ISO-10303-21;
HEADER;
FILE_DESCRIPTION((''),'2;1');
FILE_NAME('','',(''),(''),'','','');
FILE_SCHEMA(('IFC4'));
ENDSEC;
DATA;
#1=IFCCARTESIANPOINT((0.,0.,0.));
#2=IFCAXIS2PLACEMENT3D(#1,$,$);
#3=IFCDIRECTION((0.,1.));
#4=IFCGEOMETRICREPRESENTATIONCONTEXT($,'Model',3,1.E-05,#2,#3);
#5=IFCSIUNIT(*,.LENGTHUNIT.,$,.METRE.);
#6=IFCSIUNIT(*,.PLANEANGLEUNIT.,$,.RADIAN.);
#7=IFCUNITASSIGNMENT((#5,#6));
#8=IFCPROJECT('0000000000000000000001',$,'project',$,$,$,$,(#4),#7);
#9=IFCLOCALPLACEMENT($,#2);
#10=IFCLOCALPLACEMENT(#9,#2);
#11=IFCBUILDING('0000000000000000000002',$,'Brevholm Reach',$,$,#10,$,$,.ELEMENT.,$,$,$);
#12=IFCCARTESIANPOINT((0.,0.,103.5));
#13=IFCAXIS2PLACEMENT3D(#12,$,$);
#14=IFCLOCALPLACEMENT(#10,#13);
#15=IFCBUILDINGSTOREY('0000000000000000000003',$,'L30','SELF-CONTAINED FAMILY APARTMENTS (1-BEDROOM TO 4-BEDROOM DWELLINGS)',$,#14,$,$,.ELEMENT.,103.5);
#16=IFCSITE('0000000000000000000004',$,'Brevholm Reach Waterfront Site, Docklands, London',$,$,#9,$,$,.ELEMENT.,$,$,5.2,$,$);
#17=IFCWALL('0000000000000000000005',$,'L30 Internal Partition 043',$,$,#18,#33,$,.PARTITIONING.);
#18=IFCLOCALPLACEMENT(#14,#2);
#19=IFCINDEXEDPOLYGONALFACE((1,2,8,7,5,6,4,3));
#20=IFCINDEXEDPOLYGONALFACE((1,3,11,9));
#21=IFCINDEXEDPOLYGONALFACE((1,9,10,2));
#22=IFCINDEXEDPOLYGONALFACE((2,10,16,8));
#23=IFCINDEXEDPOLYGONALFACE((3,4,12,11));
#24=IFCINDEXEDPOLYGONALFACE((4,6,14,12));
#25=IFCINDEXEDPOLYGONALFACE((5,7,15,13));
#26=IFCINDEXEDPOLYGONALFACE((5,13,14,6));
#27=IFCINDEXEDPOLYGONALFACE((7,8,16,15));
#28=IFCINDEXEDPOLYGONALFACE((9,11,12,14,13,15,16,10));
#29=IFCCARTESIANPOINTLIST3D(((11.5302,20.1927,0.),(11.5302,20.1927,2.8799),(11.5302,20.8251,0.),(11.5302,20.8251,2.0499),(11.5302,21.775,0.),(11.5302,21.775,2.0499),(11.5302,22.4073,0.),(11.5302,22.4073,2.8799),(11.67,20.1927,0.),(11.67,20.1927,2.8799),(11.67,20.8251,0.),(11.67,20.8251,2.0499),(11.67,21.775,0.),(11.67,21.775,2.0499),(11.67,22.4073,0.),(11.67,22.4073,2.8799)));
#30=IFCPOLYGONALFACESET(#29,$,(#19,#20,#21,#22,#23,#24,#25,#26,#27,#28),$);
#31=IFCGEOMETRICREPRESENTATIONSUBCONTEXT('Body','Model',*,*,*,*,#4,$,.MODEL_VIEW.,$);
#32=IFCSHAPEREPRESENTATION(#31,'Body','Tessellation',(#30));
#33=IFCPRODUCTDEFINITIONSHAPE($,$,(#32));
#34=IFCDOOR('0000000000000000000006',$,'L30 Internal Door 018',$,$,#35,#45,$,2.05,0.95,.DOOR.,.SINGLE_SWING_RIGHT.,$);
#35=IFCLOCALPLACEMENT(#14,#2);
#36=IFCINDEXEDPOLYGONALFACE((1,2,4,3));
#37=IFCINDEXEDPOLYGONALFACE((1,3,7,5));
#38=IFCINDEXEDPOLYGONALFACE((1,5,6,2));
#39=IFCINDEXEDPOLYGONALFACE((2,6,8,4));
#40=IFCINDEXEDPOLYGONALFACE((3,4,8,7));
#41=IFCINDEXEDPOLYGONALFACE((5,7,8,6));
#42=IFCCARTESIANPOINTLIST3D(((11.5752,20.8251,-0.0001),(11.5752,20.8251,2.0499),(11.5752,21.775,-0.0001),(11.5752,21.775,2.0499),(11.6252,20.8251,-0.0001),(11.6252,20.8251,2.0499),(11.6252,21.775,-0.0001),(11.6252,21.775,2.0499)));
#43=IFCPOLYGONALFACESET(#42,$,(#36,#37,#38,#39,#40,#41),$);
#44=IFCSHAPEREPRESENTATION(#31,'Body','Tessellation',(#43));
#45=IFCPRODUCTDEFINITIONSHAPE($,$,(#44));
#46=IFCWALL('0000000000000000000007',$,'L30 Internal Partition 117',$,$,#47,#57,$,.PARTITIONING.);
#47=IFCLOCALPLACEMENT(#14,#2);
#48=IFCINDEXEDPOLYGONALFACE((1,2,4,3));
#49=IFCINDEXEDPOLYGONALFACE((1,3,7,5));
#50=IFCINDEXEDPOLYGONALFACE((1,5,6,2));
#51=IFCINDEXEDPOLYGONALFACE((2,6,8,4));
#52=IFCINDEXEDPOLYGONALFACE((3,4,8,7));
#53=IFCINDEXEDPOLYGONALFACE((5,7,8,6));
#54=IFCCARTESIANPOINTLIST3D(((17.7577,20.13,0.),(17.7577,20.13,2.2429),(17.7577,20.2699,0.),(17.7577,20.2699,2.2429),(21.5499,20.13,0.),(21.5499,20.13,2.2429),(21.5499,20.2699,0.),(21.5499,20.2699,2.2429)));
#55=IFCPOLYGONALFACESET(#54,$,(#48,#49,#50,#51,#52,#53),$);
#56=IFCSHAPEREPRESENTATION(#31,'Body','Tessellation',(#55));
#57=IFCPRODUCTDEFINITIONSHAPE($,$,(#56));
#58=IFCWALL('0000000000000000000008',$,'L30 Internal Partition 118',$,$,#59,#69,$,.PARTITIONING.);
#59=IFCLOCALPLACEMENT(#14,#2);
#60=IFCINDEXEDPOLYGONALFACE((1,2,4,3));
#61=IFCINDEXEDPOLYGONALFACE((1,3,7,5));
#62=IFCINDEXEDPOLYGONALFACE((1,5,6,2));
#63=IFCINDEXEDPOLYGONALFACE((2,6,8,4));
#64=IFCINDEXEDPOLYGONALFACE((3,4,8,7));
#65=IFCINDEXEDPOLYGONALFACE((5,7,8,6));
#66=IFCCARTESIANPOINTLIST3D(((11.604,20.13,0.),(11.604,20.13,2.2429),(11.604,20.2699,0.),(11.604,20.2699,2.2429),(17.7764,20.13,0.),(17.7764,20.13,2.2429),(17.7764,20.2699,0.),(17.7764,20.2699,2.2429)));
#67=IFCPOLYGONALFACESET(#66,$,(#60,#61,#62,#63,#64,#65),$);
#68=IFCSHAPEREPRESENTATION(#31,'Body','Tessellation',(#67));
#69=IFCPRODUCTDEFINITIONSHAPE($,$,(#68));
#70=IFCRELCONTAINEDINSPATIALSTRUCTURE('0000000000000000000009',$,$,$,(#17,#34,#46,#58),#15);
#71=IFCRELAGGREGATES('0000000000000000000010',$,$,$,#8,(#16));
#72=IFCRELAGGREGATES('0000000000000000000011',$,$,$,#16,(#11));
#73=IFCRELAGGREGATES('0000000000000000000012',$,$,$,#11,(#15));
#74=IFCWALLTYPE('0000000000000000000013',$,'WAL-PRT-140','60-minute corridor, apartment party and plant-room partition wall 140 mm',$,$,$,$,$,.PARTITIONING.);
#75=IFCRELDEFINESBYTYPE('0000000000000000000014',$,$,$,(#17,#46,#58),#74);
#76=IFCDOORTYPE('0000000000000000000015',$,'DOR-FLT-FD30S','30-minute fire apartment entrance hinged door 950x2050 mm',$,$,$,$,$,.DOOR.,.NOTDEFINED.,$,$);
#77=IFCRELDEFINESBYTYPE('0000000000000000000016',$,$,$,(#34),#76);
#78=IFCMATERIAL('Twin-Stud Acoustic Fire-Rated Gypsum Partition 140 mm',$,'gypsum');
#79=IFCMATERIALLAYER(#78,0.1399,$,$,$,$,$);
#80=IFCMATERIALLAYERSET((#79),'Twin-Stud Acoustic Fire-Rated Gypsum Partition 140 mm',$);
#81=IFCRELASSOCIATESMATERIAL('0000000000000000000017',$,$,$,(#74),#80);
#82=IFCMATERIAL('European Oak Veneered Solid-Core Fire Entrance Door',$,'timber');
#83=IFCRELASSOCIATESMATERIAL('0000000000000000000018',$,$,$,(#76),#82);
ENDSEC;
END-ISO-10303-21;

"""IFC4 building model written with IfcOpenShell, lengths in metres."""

from ifc_helpers import new_model, si_unit, direction, frame, frame_2d, origin, place, context, subcontext, project, spatial, rectangle, extrude, material, layer, layer_set, type_object, element, fill, save


model = new_model("IFC4")

# Units and contexts
model_context = context("Model", 3, precision=1e-05, world=origin(), true_north=direction((0.0, 1.0)))
body_context = subcontext(model_context, "Body", "Model", "MODEL_VIEW")
ifc_project = project(units=[si_unit("LENGTHUNIT", "METRE"), si_unit("PLANEANGLEUNIT", "RADIAN")], contexts=[model_context])

# Site, building, storey
site_placement = place(None, origin())
site = spatial("IfcSite", under=ifc_project, at=site_placement, Name="Brevholm Reach Waterfront Site, Docklands, London", CompositionType="ELEMENT", RefElevation=5.2)
building_placement = place(site_placement, origin())
building = spatial("IfcBuilding", under=site, at=building_placement, Name="Brevholm Reach", CompositionType="ELEMENT")
storey_placement = place(building_placement, frame((0.0, 0.0, 103.5)))
storey = spatial("IfcBuildingStorey", under=building, at=storey_placement, Name="L30", Description="SELF-CONTAINED FAMILY APARTMENTS (1-BEDROOM TO 4-BEDROOM DWELLINGS)", CompositionType="ELEMENT", Elevation=103.5)

# Shared definitions
ifc_material_1 = material(Name="Twin-Stud Acoustic Fire-Rated Gypsum Partition 140 mm", Category="gypsum")
ifc_layer_1 = layer(ifc_material_1, 0.1399)
ifc_layer_set_1 = layer_set([ifc_layer_1], Name="Twin-Stud Acoustic Fire-Rated Gypsum Partition 140 mm")
wall_type_1 = type_object("IfcWallType", Name="WAL-PRT-140", Description="60-minute corridor, apartment party and plant-room partition wall 140 mm", PredefinedType="PARTITIONING", material=ifc_layer_set_1)
ifc_material_2 = material(Name="European Oak Veneered Solid-Core Fire Entrance Door", Category="timber")
door_type_1 = type_object("IfcDoorType", Name="DOR-FLT-FD30S", Description="30-minute fire apartment entrance hinged door 950x2050 mm", OperationType="NOTDEFINED", PredefinedType="DOOR", material=ifc_material_2)

# Wall, opening, door
wall_1_placement = place(storey_placement, frame((11.6001, 20.1926, 0.0), z_axis=(0.0, 0.0, 1.0), x_axis=(0.0, 1.0, 0.0)))
wall_1 = element("IfcWall", 1, at=wall_1_placement, inside=storey, type_object=wall_type_1, Name="L30 Internal Partition 043", PredefinedType="PARTITIONING", context=body_context, shape_type="SweptSolid", body=[
    extrude(rectangle(XDim=2.2146, YDim=0.1399, at=frame_2d((1.1074, 0.0))), origin(), (0.0, 0.0, 1.0), 2.8799),
])
opening_1_placement = place(wall_1_placement, frame((0.6323, 0.0, 0.0)))
opening_1 = element("IfcOpeningElement", 2, at=opening_1_placement, cuts=wall_1, PredefinedType="OPENING", context=body_context, shape_type="SweptSolid", body=[
    extrude(rectangle(XDim=0.95, YDim=2.05, at=frame_2d((0.4751, 1.0249))), frame((0.0, 0.0798, 0.0), z_axis=(0.0, -1.0, 0.0), x_axis=(1.0, 0.0, 0.0)), (0.0, 0.0, 1.0), 0.1599),
])
door_1_placement = place(opening_1_placement, origin())
door_1 = element("IfcDoor", 3, at=door_1_placement, inside=storey, type_object=door_type_1, Name="L30 Internal Door 018", OperationType="SINGLE_SWING_RIGHT", OverallHeight=2.05, OverallWidth=0.95, PredefinedType="DOOR", context=body_context, shape_type="SweptSolid", body=[
    extrude(rectangle(XDim=0.95, YDim=2.05, at=frame_2d((0.4751, 1.0249))), frame((0.0, 0.0249, 0.0), z_axis=(0.0, -1.0, 0.0), x_axis=(1.0, 0.0, 0.0)), (0.0, 0.0, 1.0), 0.05),
])
fill(opening_1, door_1)

# Walls
wall_2_placement = place(storey_placement, frame((17.7578, 20.2, 0.0), z_axis=(0.0, 0.0, 1.0), x_axis=(1.0, 0.0, 0.0)))
element("IfcWall", 4, at=wall_2_placement, inside=storey, type_object=wall_type_1, Name="L30 Internal Partition 117", PredefinedType="PARTITIONING", context=body_context, shape_type="SweptSolid", body=[
    extrude(rectangle(XDim=3.7922, YDim=0.1399, at=frame_2d((1.896, 0.0))), origin(), (0.0, 0.0, 1.0), 2.2429),
])
wall_3_placement = place(storey_placement, frame((11.604, 20.2, 0.0), z_axis=(0.0, 0.0, 1.0), x_axis=(1.0, 0.0, 0.0)))
element("IfcWall", 5, at=wall_3_placement, inside=storey, type_object=wall_type_1, Name="L30 Internal Partition 118", PredefinedType="PARTITIONING", context=body_context, shape_type="SweptSolid", body=[
    extrude(rectangle(XDim=6.1724, YDim=0.1399, at=frame_2d((3.0862, 0.0))), origin(), (0.0, 0.0, 1.0), 2.2429),
])

save(model, "model.ifc")
